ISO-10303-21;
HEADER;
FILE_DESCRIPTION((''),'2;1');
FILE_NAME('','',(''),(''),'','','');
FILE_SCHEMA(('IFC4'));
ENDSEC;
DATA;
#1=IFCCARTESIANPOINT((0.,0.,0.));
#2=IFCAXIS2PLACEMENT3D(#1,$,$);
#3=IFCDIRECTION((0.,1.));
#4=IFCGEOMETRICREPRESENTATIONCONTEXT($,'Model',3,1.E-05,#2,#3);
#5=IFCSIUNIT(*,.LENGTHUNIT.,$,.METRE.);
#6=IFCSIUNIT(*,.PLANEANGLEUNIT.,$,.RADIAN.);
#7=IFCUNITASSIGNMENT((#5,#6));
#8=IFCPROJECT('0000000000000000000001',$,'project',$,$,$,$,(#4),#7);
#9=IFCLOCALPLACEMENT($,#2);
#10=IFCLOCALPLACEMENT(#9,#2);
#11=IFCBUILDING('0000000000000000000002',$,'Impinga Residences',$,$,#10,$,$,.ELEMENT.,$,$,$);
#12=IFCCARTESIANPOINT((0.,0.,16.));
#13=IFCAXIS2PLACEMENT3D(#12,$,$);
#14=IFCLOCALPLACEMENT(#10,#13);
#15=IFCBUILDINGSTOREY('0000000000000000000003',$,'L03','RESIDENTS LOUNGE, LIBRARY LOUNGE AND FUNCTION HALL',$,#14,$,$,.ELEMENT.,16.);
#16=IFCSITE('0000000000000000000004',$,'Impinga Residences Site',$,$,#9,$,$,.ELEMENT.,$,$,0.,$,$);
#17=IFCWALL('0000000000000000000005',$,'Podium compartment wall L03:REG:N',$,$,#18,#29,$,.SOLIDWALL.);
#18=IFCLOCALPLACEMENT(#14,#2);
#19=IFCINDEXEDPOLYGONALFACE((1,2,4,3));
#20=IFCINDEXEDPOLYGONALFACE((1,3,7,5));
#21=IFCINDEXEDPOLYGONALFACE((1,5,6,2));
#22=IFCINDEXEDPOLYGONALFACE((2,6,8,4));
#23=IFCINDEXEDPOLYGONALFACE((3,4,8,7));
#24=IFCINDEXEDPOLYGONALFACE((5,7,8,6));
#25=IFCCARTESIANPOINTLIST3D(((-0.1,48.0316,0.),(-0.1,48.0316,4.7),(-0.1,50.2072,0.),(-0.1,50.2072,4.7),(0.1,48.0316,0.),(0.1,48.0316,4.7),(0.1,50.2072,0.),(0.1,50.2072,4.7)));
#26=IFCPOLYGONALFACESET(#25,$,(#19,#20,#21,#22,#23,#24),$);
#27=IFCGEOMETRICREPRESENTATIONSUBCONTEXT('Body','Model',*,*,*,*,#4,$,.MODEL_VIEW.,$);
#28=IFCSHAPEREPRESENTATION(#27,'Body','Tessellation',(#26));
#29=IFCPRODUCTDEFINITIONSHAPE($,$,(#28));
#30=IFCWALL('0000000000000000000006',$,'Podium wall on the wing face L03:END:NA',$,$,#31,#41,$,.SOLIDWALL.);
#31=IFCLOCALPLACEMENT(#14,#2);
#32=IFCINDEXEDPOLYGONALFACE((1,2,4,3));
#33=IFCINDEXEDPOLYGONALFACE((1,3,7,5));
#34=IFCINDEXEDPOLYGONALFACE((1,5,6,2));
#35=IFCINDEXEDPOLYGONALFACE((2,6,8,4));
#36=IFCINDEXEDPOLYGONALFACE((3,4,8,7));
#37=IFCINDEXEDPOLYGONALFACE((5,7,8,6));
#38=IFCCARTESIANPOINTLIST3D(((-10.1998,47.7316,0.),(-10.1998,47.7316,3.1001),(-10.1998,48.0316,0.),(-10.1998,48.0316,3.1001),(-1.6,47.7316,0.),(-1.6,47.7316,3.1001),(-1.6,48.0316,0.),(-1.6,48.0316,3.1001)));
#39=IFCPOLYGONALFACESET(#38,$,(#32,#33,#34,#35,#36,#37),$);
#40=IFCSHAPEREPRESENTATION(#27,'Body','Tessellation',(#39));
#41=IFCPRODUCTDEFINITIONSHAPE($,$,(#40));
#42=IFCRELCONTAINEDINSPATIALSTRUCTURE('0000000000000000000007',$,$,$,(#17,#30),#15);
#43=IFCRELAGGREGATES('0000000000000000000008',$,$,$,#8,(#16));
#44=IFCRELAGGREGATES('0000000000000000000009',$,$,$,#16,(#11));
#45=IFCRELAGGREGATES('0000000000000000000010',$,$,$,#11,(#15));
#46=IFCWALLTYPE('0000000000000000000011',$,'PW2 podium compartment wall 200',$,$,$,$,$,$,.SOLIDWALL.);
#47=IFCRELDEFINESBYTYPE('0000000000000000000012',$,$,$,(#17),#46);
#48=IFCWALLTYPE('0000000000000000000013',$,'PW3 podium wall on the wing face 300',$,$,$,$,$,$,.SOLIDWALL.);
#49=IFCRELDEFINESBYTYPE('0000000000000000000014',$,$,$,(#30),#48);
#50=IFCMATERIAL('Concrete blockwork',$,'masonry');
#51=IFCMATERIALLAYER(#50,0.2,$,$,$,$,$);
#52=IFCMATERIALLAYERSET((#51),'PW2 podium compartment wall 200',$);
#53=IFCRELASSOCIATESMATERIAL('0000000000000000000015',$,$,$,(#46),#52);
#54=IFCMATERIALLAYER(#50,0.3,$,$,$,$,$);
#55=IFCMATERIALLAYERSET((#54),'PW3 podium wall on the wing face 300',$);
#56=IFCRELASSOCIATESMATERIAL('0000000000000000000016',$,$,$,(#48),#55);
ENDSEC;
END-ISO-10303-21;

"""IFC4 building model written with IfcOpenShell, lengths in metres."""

from ifc_helpers import new_model, si_unit, direction, frame, frame_2d, origin, place, context, subcontext, project, spatial, rectangle, extrude, material, layer, layer_set, type_object, element, save


model = new_model("IFC4")

# Units and contexts
model_context = context("Model", 3, precision=1e-05, world=origin(), true_north=direction((0.0, 1.0)))
body_context = subcontext(model_context, "Body", "Model", "MODEL_VIEW")
ifc_project = project(units=[si_unit("LENGTHUNIT", "METRE"), si_unit("PLANEANGLEUNIT", "RADIAN")], contexts=[model_context])

# Site, building, storey
site_placement = place(None, origin())
site = spatial("IfcSite", under=ifc_project, at=site_placement, Name="Impinga Residences Site", CompositionType="ELEMENT", RefElevation=0.0)
building_placement = place(site_placement, origin())
building = spatial("IfcBuilding", under=site, at=building_placement, Name="Impinga Residences", CompositionType="ELEMENT")
storey_placement = place(building_placement, frame((0.0, 0.0, 16.0)))
storey = spatial("IfcBuildingStorey", under=building, at=storey_placement, Name="L03", Description="RESIDENTS LOUNGE, LIBRARY LOUNGE AND FUNCTION HALL", CompositionType="ELEMENT", Elevation=16.0)

# Walls
ifc_material_1 = material(Name="Concrete blockwork", Category="masonry")
ifc_layer_1 = layer(ifc_material_1, 0.2)
ifc_layer_set_1 = layer_set([ifc_layer_1], Name="PW2 podium compartment wall 200")
wall_type_1 = type_object("IfcWallType", Name="PW2 podium compartment wall 200", PredefinedType="SOLIDWALL", material=ifc_layer_set_1)
wall_1_placement = place(storey_placement, frame((0.0, 48.0315, 0.0), z_axis=(0.0, 0.0, 1.0), x_axis=(0.0, 1.0, 0.0)))
element("IfcWall", 1, at=wall_1_placement, inside=storey, type_object=wall_type_1, Name="Podium compartment wall L03:REG:N", PredefinedType="SOLIDWALL", context=body_context, shape_type="SweptSolid", body=[
    extrude(rectangle(XDim=2.1755, YDim=0.2, at=frame_2d((1.0879, 0.0))), origin(), (0.0, 0.0, 1.0), 4.7),
])
ifc_layer_2 = layer(ifc_material_1, 0.3)
ifc_layer_set_2 = layer_set([ifc_layer_2], Name="PW3 podium wall on the wing face 300")
wall_type_2 = type_object("IfcWallType", Name="PW3 podium wall on the wing face 300", PredefinedType="SOLIDWALL", material=ifc_layer_set_2)
wall_2_placement = place(storey_placement, frame((-1.6001, 47.8816, 0.0), z_axis=(0.0, 0.0, 1.0), x_axis=(-1.0, 0.0, 0.0)))
element("IfcWall", 2, at=wall_2_placement, inside=storey, type_object=wall_type_2, Name="Podium wall on the wing face L03:END:NA", PredefinedType="SOLIDWALL", context=body_context, shape_type="SweptSolid", body=[
    extrude(rectangle(XDim=8.5999, YDim=0.3, at=frame_2d((4.2998, 0.0))), origin(), (0.0, 0.0, 1.0), 3.1001),
])

save(model, "model.ifc")
